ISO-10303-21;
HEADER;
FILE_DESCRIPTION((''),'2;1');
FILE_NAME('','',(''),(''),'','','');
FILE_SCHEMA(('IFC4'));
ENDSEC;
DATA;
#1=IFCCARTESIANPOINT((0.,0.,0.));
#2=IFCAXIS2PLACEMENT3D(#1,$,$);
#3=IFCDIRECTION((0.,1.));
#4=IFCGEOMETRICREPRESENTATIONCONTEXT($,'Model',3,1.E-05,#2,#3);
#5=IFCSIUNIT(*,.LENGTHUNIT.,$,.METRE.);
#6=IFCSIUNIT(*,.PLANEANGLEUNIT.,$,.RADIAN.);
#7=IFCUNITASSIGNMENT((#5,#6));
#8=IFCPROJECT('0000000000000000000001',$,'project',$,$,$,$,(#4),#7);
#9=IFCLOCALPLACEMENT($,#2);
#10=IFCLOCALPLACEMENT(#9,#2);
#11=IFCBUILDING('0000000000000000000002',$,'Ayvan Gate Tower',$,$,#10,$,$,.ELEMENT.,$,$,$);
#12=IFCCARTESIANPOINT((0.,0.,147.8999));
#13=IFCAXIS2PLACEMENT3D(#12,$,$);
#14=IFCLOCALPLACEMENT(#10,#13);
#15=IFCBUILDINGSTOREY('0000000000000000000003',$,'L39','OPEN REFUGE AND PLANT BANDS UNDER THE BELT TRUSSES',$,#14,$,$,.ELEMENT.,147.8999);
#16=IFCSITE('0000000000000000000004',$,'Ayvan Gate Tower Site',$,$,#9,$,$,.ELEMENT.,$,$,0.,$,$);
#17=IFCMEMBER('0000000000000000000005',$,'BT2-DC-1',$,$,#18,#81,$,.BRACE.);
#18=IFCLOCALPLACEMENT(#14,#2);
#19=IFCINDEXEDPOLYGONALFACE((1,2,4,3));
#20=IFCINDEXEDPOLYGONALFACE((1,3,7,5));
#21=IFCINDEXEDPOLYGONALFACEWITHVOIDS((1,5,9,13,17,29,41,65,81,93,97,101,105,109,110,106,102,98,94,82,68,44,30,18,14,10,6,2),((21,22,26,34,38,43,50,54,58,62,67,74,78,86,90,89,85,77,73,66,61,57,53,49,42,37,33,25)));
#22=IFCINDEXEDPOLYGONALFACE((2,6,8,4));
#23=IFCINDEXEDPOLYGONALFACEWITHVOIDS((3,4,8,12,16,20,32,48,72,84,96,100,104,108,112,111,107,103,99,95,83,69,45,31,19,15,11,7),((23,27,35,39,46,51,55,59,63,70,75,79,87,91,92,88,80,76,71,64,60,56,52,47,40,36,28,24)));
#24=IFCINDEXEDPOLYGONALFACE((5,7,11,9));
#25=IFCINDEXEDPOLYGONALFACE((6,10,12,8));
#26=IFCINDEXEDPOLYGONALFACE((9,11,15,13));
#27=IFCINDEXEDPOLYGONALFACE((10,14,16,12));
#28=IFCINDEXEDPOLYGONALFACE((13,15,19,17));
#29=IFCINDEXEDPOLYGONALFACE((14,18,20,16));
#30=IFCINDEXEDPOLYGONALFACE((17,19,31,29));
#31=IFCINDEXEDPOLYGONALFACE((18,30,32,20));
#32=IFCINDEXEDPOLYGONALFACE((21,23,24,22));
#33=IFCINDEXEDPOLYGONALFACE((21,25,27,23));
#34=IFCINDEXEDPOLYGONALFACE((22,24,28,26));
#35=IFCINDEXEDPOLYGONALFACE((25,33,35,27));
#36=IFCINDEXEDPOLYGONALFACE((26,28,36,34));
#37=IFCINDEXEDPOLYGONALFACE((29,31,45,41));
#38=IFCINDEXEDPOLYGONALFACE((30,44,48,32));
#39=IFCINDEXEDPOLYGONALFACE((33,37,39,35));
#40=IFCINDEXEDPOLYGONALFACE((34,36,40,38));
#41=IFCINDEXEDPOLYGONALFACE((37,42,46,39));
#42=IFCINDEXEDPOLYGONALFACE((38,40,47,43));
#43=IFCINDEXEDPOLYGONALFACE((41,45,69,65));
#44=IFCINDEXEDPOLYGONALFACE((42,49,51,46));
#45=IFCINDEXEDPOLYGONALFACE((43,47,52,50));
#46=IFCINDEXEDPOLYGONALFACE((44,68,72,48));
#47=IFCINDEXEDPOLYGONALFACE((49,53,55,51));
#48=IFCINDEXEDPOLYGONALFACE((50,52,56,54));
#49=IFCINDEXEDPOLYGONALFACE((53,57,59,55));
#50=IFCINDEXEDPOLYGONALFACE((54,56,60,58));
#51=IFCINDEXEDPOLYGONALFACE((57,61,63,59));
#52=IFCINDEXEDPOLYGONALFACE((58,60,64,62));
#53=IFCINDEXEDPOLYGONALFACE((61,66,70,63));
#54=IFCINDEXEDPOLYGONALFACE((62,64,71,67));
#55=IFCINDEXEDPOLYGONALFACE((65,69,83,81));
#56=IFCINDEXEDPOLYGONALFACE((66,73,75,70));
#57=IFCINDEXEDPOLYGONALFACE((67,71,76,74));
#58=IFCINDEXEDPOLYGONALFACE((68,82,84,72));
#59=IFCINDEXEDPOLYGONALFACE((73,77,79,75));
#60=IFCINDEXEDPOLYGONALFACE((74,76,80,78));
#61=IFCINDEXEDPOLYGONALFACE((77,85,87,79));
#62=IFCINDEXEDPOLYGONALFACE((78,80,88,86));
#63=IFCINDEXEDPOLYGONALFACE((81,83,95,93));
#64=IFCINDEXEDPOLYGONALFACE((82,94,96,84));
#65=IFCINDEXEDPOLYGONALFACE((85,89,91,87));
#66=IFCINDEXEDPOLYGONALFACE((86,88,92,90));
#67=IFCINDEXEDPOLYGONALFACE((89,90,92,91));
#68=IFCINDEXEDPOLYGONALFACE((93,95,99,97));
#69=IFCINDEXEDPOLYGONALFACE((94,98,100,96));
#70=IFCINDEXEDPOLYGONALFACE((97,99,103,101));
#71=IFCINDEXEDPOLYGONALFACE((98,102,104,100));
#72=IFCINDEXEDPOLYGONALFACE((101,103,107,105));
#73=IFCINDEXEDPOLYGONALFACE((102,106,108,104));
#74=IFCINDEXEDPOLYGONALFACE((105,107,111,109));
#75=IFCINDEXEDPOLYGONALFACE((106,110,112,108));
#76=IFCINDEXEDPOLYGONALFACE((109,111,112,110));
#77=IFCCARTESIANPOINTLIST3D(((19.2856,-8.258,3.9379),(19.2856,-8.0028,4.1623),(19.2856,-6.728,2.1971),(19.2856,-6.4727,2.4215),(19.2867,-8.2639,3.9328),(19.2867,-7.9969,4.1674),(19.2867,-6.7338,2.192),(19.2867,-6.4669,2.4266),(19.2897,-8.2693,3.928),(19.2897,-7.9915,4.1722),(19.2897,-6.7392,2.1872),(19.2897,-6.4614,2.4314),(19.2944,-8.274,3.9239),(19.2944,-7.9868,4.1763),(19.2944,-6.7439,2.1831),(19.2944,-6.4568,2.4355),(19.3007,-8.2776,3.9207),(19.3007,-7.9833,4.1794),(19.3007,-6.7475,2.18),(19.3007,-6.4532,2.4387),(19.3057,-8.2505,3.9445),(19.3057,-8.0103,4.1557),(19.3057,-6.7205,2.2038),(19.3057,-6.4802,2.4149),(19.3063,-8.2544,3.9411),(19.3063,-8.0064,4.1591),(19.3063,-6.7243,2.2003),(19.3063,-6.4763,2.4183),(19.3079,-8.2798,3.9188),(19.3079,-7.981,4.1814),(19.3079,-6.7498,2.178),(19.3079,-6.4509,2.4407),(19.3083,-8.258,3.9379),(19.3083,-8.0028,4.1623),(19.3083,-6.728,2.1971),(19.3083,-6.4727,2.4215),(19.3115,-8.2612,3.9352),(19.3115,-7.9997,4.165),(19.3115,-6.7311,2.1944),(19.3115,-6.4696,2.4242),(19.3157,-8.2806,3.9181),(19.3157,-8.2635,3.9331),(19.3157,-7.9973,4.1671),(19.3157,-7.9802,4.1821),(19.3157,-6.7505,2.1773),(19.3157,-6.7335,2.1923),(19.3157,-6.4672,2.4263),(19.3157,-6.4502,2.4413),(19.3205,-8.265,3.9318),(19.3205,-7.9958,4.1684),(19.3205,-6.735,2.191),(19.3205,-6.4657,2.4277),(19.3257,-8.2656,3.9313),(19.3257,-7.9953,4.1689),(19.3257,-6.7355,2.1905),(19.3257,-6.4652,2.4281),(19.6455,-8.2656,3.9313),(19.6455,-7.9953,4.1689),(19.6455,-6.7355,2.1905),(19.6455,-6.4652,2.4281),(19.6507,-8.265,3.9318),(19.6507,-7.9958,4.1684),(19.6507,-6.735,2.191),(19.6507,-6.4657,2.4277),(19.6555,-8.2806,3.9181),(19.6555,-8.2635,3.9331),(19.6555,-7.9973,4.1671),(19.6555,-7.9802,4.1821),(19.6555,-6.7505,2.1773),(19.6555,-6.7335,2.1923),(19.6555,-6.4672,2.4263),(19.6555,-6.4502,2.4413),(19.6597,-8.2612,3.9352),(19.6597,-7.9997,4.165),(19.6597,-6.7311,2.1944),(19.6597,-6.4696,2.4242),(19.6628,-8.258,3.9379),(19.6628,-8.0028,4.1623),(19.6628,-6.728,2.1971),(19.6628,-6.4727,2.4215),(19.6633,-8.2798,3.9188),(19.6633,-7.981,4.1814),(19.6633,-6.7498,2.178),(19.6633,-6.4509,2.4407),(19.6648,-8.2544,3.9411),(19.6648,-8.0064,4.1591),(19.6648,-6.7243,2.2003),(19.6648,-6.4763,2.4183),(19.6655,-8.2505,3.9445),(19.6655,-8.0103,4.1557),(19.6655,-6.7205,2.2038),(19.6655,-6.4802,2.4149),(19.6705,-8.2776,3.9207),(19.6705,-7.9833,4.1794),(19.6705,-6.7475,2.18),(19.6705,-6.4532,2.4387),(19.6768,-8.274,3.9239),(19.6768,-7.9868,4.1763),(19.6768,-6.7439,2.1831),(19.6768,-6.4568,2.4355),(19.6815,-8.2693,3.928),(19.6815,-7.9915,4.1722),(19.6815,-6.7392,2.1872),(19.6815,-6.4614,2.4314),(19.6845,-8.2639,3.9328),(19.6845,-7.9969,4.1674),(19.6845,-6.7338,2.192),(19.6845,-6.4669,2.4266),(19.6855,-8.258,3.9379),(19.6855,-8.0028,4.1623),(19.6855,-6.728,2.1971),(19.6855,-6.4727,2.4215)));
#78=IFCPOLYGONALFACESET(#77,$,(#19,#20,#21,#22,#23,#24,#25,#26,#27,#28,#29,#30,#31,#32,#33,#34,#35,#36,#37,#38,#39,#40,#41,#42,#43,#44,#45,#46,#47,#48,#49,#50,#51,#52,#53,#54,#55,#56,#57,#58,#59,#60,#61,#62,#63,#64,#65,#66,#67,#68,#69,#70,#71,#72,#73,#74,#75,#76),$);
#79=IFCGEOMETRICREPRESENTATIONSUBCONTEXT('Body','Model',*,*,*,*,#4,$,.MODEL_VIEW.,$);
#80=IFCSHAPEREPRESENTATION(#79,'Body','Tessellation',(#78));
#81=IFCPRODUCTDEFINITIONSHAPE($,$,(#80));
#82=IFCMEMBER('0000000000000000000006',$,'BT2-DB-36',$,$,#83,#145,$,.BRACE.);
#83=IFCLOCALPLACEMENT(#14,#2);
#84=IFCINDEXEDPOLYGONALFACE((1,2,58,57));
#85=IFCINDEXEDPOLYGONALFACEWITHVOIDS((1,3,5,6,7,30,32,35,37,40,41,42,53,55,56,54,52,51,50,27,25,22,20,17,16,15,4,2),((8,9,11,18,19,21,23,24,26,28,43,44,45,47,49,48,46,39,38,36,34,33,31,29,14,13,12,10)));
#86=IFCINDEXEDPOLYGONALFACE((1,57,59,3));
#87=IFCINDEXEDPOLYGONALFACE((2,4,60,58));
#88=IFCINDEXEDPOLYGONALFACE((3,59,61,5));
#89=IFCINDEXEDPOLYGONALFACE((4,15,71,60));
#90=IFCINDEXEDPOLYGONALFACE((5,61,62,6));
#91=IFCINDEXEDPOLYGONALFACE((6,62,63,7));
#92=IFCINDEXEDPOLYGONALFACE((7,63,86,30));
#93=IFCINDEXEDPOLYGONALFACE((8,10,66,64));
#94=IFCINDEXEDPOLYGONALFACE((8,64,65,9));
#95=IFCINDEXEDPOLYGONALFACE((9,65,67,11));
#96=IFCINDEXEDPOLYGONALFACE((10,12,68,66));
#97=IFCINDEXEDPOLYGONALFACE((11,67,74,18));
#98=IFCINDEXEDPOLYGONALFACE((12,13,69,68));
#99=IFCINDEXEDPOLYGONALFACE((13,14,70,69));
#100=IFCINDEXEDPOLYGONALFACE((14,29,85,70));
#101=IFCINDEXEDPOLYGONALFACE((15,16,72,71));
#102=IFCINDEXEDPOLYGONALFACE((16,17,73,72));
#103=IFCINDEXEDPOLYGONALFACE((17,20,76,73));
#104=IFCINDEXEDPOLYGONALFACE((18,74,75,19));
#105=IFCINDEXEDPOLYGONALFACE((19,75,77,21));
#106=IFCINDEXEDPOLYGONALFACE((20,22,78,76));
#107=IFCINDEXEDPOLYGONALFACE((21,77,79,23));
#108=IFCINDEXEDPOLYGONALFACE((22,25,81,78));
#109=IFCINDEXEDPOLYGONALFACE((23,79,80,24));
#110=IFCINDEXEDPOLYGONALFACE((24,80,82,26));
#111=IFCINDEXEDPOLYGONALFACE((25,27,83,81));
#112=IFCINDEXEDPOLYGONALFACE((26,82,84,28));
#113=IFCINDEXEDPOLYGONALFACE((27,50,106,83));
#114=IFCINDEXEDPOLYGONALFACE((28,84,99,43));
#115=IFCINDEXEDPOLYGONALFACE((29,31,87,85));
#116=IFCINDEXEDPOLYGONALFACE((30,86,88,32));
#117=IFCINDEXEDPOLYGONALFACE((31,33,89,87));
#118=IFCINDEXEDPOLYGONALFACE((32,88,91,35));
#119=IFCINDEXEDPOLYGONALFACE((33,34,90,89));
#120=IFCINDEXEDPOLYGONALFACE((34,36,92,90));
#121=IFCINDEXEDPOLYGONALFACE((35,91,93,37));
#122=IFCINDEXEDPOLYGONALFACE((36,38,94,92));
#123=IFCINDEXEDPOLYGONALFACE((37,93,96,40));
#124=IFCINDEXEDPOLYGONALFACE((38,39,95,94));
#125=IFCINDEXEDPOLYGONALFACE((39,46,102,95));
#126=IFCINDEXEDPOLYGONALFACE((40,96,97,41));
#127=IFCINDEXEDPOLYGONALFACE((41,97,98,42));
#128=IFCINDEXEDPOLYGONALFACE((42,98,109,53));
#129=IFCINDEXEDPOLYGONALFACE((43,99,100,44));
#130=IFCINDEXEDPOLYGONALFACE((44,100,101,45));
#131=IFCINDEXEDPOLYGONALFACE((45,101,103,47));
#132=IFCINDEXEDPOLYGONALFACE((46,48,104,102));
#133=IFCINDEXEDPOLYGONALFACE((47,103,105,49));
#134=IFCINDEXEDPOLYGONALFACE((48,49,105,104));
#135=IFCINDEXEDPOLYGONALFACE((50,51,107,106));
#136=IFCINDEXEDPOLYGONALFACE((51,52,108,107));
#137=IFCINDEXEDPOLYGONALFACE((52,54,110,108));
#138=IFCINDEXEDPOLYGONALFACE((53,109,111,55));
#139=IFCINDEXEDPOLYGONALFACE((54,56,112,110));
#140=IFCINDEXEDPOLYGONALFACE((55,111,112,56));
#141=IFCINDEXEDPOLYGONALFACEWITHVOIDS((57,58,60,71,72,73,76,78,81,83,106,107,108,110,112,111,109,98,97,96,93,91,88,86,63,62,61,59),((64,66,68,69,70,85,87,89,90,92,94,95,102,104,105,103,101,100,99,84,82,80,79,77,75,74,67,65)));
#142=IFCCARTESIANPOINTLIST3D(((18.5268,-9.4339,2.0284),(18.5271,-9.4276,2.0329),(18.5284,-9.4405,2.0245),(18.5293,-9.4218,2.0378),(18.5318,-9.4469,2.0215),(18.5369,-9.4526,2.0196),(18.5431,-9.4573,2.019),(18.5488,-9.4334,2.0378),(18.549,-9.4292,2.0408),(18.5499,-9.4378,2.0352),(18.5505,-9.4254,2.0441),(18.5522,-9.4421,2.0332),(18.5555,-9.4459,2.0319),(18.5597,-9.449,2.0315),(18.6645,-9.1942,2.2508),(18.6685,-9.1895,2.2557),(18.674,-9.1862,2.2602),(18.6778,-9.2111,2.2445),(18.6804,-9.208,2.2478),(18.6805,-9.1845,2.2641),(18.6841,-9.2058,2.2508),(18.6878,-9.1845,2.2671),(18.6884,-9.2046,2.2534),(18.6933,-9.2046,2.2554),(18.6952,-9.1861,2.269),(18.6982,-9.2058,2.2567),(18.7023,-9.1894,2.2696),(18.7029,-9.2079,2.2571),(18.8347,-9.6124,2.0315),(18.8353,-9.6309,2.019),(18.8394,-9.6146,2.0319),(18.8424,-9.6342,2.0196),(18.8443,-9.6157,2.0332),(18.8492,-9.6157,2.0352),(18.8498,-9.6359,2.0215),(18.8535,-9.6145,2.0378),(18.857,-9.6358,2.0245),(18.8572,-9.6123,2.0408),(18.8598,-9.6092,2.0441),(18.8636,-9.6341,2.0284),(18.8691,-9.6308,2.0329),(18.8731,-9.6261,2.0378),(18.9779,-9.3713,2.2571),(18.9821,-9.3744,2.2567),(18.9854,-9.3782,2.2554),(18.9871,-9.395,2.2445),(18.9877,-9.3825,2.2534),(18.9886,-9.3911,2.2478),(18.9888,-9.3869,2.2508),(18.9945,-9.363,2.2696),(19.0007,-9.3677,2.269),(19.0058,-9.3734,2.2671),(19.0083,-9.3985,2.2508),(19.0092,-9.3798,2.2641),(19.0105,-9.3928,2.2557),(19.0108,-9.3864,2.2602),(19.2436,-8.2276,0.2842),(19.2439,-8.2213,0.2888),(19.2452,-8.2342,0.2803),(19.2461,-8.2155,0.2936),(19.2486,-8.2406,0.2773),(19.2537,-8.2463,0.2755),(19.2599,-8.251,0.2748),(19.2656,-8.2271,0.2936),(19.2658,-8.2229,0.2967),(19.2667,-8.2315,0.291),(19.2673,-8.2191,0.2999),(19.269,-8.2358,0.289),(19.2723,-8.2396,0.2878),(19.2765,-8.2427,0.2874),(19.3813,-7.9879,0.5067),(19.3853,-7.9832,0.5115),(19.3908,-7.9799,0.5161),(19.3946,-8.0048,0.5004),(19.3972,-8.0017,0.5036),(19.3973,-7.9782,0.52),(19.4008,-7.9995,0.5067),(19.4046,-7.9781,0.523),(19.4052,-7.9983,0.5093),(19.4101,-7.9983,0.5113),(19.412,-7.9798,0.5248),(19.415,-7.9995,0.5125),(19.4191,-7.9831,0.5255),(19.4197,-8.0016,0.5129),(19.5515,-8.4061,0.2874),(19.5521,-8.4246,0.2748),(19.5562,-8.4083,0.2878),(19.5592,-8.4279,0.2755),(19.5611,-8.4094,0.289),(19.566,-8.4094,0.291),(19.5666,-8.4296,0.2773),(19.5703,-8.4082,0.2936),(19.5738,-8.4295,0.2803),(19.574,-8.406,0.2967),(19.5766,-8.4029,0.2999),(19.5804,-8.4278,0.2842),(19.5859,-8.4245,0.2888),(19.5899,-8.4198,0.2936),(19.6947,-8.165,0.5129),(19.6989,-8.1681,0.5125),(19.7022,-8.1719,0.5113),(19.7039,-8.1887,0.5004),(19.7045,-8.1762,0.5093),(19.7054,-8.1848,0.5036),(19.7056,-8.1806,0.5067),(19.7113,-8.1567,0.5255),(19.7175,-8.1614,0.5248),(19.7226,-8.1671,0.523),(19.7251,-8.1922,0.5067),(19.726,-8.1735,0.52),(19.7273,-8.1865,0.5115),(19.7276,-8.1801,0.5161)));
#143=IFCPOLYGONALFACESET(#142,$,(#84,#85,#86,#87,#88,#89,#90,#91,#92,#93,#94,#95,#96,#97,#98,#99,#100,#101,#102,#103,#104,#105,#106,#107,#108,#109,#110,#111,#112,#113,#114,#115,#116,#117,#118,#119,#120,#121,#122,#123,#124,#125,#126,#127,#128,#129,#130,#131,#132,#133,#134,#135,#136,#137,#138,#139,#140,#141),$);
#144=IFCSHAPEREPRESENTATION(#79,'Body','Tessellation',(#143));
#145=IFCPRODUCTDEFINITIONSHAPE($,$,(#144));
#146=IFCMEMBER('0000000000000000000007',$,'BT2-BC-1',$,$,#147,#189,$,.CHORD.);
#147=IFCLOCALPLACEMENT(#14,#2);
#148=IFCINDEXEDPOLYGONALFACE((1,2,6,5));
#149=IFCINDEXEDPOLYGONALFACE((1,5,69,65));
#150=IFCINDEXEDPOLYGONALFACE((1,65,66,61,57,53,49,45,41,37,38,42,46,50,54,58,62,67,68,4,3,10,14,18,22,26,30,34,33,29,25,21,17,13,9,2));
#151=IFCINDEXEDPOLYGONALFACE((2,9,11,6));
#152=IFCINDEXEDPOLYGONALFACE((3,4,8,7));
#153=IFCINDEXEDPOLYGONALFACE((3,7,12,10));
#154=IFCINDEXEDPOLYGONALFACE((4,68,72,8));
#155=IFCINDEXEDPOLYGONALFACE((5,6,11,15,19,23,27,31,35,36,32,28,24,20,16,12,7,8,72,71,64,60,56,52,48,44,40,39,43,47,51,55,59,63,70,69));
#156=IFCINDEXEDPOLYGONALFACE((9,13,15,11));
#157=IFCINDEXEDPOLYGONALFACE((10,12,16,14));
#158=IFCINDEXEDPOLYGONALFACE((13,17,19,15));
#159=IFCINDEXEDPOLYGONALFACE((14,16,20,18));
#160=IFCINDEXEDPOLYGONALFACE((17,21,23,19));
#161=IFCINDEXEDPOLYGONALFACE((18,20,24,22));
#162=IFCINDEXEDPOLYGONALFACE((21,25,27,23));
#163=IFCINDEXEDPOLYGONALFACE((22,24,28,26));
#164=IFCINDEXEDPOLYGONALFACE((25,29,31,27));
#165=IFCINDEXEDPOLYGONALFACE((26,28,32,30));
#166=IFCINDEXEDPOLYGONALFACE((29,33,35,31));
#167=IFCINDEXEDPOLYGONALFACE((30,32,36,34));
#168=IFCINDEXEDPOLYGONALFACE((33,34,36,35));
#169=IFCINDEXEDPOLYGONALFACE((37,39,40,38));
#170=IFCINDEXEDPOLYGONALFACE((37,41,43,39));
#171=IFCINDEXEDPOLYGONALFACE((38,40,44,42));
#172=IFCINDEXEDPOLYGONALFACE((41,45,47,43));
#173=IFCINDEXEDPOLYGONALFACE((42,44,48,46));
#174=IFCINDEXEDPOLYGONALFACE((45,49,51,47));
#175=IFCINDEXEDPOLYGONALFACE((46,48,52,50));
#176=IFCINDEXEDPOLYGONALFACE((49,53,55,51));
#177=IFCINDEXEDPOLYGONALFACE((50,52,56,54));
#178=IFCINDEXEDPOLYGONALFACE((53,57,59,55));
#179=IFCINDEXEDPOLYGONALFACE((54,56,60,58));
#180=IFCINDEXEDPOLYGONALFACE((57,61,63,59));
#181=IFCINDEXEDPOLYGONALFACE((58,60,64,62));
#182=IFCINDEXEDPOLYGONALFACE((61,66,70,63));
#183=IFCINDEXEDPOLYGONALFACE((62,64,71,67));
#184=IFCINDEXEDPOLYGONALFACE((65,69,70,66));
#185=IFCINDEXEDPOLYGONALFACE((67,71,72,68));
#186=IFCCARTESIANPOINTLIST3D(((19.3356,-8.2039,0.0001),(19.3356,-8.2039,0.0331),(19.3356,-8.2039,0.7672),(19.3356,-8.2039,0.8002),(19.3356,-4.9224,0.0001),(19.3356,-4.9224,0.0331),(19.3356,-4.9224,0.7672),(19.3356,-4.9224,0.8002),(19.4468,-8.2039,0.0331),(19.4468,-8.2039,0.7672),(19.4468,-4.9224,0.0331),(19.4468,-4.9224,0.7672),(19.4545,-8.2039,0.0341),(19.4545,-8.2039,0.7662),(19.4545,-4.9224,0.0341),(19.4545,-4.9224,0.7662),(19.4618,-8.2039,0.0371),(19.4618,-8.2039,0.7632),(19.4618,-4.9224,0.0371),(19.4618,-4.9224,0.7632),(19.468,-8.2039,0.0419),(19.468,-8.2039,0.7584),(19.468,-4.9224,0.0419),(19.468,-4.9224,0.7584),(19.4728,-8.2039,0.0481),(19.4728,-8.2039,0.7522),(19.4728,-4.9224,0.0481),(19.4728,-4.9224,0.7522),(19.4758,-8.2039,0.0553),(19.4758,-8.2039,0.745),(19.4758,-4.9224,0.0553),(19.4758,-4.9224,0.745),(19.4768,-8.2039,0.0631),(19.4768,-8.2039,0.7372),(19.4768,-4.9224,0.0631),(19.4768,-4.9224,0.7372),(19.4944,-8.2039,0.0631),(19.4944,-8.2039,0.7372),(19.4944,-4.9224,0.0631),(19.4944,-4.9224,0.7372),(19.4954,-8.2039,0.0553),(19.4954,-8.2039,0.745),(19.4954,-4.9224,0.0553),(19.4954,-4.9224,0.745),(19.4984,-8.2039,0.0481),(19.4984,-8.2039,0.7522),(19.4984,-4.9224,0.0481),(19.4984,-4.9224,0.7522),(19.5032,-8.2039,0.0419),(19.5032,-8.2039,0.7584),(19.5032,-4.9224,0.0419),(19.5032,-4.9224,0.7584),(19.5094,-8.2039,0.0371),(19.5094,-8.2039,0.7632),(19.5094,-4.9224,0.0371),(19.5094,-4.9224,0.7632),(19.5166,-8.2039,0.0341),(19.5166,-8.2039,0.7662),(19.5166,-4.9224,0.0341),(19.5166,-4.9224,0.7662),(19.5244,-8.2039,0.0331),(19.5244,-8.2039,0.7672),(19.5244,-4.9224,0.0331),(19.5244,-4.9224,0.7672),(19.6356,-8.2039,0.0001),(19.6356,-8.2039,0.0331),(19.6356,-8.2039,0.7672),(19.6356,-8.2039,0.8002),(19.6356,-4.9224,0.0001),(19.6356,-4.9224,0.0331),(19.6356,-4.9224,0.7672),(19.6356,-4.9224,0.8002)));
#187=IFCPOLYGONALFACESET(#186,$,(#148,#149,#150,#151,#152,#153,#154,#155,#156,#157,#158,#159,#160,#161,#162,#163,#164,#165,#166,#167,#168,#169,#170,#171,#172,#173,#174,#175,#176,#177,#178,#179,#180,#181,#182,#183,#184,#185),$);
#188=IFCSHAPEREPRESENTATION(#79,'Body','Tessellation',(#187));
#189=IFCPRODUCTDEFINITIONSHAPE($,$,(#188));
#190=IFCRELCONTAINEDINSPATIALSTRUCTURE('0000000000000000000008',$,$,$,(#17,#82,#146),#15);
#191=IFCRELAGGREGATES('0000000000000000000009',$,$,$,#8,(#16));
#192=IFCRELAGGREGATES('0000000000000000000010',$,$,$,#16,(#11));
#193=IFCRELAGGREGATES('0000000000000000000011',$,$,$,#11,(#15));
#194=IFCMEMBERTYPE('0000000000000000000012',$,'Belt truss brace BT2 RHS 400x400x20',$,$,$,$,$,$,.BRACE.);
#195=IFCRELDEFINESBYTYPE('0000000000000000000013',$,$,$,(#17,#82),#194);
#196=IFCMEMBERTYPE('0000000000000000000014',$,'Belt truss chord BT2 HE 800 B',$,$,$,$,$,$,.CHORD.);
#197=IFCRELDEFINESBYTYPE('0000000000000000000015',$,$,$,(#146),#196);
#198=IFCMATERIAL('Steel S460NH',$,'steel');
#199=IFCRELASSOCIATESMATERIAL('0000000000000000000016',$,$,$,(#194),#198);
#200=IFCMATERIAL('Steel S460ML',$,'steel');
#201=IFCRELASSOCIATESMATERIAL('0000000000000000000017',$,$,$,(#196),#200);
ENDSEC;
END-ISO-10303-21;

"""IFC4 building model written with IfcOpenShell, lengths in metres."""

from ifc_helpers import new_model, si_unit, direction, frame, origin, origin_2d, place, context, subcontext, project, spatial, hollow_rectangle, i_section, extrude, material, material_profile, profile_set, type_object, element, save


model = new_model("IFC4")

# Units and contexts
model_context = context("Model", 3, precision=1e-05, world=origin(), true_north=direction((0.0, 1.0)))
body_context = subcontext(model_context, "Body", "Model", "MODEL_VIEW")
ifc_project = project(units=[si_unit("LENGTHUNIT", "METRE"), si_unit("PLANEANGLEUNIT", "RADIAN")], contexts=[model_context])

# Site, building, storey
site_placement = place(None, origin())
site = spatial("IfcSite", under=ifc_project, at=site_placement, Name="Ayvan Gate Tower Site", CompositionType="ELEMENT", RefElevation=0.0)
building_placement = place(site_placement, origin())
building = spatial("IfcBuilding", under=site, at=building_placement, Name="Ayvan Gate Tower", CompositionType="ELEMENT")
storey_placement = place(building_placement, frame((0.0, 0.0, 147.8999)))
storey = spatial("IfcBuildingStorey", under=building, at=storey_placement, Name="L39", Description="OPEN REFUGE AND PLANT BANDS UNDER THE BELT TRUSSES", CompositionType="ELEMENT", Elevation=147.8999)

# Members
ifc_material_1 = material(Name="Steel S460NH", Category="steel")
ifc_material_profile_1 = material_profile(ifc_material_1, hollow_rectangle(XDim=0.3999, YDim=0.3999, WallThickness=0.02, InnerFilletRadius=0.02, OuterFilletRadius=0.03, at=origin_2d()), Name="RHS 400x400x20")
ifc_profile_set_1 = profile_set([ifc_material_profile_1], Name="Steel S460NH")
member_type_1 = type_object("IfcMemberType", Name="Belt truss brace BT2 RHS 400x400x20", PredefinedType="BRACE", material=ifc_profile_set_1)
member_1_placement = place(storey_placement, frame((19.4856, -6.6003, 2.3093), z_axis=(0.0, -0.660188, 0.7511), x_axis=(1.0, 0.0, 0.0)))
element("IfcMember", 1, at=member_1_placement, inside=storey, type_object=member_type_1, Name="BT2-DC-1", PredefinedType="BRACE", context=body_context, shape_type="SweptSolid", body=[
    extrude(hollow_rectangle(XDim=0.3999, YDim=0.3999, WallThickness=0.02, InnerFilletRadius=0.02, OuterFilletRadius=0.03, at=origin_2d()), origin(), (0.0, 0.0, 1.0), 2.3176),
])
member_2_placement = place(storey_placement, frame((19.4856, -8.2039, 0.4001), z_axis=(-0.32021, -0.538882, 0.779148), x_axis=(0.85968, -0.510832, 0.0)))
element("IfcMember", 2, at=member_2_placement, inside=storey, type_object=member_type_1, Name="BT2-DB-36", PredefinedType="BRACE", context=body_context, shape_type="SweptSolid", body=[
    extrude(hollow_rectangle(XDim=0.3999, YDim=0.3999, WallThickness=0.02, InnerFilletRadius=0.02, OuterFilletRadius=0.03, at=origin_2d()), origin(), (0.0, 0.0, 1.0), 2.2385),
])
ifc_material_2 = material(Name="Steel S460ML", Category="steel")
ifc_material_profile_2 = material_profile(ifc_material_2, i_section(OverallWidth=0.3, OverallDepth=0.8, WebThickness=0.0176, FlangeThickness=0.033, FilletRadius=0.03, at=origin_2d()), Name="HE 800 B")
ifc_profile_set_2 = profile_set([ifc_material_profile_2], Name="Steel S460ML")
member_type_2 = type_object("IfcMemberType", Name="Belt truss chord BT2 HE 800 B", PredefinedType="CHORD", material=ifc_profile_set_2)
member_3_placement = place(storey_placement, frame((19.4856, -8.2039, 0.4001), z_axis=(0.0, 1.0, 0.0), x_axis=(-1.0, 0.0, 0.0)))
element("IfcMember", 3, at=member_3_placement, inside=storey, type_object=member_type_2, Name="BT2-BC-1", PredefinedType="CHORD", context=body_context, shape_type="SweptSolid", body=[
    extrude(i_section(OverallWidth=0.3, OverallDepth=0.8, WebThickness=0.0176, FlangeThickness=0.033, FilletRadius=0.03, at=origin_2d()), origin(), (0.0, 0.0, 1.0), 3.2815),
])

save(model, "model.ifc")
